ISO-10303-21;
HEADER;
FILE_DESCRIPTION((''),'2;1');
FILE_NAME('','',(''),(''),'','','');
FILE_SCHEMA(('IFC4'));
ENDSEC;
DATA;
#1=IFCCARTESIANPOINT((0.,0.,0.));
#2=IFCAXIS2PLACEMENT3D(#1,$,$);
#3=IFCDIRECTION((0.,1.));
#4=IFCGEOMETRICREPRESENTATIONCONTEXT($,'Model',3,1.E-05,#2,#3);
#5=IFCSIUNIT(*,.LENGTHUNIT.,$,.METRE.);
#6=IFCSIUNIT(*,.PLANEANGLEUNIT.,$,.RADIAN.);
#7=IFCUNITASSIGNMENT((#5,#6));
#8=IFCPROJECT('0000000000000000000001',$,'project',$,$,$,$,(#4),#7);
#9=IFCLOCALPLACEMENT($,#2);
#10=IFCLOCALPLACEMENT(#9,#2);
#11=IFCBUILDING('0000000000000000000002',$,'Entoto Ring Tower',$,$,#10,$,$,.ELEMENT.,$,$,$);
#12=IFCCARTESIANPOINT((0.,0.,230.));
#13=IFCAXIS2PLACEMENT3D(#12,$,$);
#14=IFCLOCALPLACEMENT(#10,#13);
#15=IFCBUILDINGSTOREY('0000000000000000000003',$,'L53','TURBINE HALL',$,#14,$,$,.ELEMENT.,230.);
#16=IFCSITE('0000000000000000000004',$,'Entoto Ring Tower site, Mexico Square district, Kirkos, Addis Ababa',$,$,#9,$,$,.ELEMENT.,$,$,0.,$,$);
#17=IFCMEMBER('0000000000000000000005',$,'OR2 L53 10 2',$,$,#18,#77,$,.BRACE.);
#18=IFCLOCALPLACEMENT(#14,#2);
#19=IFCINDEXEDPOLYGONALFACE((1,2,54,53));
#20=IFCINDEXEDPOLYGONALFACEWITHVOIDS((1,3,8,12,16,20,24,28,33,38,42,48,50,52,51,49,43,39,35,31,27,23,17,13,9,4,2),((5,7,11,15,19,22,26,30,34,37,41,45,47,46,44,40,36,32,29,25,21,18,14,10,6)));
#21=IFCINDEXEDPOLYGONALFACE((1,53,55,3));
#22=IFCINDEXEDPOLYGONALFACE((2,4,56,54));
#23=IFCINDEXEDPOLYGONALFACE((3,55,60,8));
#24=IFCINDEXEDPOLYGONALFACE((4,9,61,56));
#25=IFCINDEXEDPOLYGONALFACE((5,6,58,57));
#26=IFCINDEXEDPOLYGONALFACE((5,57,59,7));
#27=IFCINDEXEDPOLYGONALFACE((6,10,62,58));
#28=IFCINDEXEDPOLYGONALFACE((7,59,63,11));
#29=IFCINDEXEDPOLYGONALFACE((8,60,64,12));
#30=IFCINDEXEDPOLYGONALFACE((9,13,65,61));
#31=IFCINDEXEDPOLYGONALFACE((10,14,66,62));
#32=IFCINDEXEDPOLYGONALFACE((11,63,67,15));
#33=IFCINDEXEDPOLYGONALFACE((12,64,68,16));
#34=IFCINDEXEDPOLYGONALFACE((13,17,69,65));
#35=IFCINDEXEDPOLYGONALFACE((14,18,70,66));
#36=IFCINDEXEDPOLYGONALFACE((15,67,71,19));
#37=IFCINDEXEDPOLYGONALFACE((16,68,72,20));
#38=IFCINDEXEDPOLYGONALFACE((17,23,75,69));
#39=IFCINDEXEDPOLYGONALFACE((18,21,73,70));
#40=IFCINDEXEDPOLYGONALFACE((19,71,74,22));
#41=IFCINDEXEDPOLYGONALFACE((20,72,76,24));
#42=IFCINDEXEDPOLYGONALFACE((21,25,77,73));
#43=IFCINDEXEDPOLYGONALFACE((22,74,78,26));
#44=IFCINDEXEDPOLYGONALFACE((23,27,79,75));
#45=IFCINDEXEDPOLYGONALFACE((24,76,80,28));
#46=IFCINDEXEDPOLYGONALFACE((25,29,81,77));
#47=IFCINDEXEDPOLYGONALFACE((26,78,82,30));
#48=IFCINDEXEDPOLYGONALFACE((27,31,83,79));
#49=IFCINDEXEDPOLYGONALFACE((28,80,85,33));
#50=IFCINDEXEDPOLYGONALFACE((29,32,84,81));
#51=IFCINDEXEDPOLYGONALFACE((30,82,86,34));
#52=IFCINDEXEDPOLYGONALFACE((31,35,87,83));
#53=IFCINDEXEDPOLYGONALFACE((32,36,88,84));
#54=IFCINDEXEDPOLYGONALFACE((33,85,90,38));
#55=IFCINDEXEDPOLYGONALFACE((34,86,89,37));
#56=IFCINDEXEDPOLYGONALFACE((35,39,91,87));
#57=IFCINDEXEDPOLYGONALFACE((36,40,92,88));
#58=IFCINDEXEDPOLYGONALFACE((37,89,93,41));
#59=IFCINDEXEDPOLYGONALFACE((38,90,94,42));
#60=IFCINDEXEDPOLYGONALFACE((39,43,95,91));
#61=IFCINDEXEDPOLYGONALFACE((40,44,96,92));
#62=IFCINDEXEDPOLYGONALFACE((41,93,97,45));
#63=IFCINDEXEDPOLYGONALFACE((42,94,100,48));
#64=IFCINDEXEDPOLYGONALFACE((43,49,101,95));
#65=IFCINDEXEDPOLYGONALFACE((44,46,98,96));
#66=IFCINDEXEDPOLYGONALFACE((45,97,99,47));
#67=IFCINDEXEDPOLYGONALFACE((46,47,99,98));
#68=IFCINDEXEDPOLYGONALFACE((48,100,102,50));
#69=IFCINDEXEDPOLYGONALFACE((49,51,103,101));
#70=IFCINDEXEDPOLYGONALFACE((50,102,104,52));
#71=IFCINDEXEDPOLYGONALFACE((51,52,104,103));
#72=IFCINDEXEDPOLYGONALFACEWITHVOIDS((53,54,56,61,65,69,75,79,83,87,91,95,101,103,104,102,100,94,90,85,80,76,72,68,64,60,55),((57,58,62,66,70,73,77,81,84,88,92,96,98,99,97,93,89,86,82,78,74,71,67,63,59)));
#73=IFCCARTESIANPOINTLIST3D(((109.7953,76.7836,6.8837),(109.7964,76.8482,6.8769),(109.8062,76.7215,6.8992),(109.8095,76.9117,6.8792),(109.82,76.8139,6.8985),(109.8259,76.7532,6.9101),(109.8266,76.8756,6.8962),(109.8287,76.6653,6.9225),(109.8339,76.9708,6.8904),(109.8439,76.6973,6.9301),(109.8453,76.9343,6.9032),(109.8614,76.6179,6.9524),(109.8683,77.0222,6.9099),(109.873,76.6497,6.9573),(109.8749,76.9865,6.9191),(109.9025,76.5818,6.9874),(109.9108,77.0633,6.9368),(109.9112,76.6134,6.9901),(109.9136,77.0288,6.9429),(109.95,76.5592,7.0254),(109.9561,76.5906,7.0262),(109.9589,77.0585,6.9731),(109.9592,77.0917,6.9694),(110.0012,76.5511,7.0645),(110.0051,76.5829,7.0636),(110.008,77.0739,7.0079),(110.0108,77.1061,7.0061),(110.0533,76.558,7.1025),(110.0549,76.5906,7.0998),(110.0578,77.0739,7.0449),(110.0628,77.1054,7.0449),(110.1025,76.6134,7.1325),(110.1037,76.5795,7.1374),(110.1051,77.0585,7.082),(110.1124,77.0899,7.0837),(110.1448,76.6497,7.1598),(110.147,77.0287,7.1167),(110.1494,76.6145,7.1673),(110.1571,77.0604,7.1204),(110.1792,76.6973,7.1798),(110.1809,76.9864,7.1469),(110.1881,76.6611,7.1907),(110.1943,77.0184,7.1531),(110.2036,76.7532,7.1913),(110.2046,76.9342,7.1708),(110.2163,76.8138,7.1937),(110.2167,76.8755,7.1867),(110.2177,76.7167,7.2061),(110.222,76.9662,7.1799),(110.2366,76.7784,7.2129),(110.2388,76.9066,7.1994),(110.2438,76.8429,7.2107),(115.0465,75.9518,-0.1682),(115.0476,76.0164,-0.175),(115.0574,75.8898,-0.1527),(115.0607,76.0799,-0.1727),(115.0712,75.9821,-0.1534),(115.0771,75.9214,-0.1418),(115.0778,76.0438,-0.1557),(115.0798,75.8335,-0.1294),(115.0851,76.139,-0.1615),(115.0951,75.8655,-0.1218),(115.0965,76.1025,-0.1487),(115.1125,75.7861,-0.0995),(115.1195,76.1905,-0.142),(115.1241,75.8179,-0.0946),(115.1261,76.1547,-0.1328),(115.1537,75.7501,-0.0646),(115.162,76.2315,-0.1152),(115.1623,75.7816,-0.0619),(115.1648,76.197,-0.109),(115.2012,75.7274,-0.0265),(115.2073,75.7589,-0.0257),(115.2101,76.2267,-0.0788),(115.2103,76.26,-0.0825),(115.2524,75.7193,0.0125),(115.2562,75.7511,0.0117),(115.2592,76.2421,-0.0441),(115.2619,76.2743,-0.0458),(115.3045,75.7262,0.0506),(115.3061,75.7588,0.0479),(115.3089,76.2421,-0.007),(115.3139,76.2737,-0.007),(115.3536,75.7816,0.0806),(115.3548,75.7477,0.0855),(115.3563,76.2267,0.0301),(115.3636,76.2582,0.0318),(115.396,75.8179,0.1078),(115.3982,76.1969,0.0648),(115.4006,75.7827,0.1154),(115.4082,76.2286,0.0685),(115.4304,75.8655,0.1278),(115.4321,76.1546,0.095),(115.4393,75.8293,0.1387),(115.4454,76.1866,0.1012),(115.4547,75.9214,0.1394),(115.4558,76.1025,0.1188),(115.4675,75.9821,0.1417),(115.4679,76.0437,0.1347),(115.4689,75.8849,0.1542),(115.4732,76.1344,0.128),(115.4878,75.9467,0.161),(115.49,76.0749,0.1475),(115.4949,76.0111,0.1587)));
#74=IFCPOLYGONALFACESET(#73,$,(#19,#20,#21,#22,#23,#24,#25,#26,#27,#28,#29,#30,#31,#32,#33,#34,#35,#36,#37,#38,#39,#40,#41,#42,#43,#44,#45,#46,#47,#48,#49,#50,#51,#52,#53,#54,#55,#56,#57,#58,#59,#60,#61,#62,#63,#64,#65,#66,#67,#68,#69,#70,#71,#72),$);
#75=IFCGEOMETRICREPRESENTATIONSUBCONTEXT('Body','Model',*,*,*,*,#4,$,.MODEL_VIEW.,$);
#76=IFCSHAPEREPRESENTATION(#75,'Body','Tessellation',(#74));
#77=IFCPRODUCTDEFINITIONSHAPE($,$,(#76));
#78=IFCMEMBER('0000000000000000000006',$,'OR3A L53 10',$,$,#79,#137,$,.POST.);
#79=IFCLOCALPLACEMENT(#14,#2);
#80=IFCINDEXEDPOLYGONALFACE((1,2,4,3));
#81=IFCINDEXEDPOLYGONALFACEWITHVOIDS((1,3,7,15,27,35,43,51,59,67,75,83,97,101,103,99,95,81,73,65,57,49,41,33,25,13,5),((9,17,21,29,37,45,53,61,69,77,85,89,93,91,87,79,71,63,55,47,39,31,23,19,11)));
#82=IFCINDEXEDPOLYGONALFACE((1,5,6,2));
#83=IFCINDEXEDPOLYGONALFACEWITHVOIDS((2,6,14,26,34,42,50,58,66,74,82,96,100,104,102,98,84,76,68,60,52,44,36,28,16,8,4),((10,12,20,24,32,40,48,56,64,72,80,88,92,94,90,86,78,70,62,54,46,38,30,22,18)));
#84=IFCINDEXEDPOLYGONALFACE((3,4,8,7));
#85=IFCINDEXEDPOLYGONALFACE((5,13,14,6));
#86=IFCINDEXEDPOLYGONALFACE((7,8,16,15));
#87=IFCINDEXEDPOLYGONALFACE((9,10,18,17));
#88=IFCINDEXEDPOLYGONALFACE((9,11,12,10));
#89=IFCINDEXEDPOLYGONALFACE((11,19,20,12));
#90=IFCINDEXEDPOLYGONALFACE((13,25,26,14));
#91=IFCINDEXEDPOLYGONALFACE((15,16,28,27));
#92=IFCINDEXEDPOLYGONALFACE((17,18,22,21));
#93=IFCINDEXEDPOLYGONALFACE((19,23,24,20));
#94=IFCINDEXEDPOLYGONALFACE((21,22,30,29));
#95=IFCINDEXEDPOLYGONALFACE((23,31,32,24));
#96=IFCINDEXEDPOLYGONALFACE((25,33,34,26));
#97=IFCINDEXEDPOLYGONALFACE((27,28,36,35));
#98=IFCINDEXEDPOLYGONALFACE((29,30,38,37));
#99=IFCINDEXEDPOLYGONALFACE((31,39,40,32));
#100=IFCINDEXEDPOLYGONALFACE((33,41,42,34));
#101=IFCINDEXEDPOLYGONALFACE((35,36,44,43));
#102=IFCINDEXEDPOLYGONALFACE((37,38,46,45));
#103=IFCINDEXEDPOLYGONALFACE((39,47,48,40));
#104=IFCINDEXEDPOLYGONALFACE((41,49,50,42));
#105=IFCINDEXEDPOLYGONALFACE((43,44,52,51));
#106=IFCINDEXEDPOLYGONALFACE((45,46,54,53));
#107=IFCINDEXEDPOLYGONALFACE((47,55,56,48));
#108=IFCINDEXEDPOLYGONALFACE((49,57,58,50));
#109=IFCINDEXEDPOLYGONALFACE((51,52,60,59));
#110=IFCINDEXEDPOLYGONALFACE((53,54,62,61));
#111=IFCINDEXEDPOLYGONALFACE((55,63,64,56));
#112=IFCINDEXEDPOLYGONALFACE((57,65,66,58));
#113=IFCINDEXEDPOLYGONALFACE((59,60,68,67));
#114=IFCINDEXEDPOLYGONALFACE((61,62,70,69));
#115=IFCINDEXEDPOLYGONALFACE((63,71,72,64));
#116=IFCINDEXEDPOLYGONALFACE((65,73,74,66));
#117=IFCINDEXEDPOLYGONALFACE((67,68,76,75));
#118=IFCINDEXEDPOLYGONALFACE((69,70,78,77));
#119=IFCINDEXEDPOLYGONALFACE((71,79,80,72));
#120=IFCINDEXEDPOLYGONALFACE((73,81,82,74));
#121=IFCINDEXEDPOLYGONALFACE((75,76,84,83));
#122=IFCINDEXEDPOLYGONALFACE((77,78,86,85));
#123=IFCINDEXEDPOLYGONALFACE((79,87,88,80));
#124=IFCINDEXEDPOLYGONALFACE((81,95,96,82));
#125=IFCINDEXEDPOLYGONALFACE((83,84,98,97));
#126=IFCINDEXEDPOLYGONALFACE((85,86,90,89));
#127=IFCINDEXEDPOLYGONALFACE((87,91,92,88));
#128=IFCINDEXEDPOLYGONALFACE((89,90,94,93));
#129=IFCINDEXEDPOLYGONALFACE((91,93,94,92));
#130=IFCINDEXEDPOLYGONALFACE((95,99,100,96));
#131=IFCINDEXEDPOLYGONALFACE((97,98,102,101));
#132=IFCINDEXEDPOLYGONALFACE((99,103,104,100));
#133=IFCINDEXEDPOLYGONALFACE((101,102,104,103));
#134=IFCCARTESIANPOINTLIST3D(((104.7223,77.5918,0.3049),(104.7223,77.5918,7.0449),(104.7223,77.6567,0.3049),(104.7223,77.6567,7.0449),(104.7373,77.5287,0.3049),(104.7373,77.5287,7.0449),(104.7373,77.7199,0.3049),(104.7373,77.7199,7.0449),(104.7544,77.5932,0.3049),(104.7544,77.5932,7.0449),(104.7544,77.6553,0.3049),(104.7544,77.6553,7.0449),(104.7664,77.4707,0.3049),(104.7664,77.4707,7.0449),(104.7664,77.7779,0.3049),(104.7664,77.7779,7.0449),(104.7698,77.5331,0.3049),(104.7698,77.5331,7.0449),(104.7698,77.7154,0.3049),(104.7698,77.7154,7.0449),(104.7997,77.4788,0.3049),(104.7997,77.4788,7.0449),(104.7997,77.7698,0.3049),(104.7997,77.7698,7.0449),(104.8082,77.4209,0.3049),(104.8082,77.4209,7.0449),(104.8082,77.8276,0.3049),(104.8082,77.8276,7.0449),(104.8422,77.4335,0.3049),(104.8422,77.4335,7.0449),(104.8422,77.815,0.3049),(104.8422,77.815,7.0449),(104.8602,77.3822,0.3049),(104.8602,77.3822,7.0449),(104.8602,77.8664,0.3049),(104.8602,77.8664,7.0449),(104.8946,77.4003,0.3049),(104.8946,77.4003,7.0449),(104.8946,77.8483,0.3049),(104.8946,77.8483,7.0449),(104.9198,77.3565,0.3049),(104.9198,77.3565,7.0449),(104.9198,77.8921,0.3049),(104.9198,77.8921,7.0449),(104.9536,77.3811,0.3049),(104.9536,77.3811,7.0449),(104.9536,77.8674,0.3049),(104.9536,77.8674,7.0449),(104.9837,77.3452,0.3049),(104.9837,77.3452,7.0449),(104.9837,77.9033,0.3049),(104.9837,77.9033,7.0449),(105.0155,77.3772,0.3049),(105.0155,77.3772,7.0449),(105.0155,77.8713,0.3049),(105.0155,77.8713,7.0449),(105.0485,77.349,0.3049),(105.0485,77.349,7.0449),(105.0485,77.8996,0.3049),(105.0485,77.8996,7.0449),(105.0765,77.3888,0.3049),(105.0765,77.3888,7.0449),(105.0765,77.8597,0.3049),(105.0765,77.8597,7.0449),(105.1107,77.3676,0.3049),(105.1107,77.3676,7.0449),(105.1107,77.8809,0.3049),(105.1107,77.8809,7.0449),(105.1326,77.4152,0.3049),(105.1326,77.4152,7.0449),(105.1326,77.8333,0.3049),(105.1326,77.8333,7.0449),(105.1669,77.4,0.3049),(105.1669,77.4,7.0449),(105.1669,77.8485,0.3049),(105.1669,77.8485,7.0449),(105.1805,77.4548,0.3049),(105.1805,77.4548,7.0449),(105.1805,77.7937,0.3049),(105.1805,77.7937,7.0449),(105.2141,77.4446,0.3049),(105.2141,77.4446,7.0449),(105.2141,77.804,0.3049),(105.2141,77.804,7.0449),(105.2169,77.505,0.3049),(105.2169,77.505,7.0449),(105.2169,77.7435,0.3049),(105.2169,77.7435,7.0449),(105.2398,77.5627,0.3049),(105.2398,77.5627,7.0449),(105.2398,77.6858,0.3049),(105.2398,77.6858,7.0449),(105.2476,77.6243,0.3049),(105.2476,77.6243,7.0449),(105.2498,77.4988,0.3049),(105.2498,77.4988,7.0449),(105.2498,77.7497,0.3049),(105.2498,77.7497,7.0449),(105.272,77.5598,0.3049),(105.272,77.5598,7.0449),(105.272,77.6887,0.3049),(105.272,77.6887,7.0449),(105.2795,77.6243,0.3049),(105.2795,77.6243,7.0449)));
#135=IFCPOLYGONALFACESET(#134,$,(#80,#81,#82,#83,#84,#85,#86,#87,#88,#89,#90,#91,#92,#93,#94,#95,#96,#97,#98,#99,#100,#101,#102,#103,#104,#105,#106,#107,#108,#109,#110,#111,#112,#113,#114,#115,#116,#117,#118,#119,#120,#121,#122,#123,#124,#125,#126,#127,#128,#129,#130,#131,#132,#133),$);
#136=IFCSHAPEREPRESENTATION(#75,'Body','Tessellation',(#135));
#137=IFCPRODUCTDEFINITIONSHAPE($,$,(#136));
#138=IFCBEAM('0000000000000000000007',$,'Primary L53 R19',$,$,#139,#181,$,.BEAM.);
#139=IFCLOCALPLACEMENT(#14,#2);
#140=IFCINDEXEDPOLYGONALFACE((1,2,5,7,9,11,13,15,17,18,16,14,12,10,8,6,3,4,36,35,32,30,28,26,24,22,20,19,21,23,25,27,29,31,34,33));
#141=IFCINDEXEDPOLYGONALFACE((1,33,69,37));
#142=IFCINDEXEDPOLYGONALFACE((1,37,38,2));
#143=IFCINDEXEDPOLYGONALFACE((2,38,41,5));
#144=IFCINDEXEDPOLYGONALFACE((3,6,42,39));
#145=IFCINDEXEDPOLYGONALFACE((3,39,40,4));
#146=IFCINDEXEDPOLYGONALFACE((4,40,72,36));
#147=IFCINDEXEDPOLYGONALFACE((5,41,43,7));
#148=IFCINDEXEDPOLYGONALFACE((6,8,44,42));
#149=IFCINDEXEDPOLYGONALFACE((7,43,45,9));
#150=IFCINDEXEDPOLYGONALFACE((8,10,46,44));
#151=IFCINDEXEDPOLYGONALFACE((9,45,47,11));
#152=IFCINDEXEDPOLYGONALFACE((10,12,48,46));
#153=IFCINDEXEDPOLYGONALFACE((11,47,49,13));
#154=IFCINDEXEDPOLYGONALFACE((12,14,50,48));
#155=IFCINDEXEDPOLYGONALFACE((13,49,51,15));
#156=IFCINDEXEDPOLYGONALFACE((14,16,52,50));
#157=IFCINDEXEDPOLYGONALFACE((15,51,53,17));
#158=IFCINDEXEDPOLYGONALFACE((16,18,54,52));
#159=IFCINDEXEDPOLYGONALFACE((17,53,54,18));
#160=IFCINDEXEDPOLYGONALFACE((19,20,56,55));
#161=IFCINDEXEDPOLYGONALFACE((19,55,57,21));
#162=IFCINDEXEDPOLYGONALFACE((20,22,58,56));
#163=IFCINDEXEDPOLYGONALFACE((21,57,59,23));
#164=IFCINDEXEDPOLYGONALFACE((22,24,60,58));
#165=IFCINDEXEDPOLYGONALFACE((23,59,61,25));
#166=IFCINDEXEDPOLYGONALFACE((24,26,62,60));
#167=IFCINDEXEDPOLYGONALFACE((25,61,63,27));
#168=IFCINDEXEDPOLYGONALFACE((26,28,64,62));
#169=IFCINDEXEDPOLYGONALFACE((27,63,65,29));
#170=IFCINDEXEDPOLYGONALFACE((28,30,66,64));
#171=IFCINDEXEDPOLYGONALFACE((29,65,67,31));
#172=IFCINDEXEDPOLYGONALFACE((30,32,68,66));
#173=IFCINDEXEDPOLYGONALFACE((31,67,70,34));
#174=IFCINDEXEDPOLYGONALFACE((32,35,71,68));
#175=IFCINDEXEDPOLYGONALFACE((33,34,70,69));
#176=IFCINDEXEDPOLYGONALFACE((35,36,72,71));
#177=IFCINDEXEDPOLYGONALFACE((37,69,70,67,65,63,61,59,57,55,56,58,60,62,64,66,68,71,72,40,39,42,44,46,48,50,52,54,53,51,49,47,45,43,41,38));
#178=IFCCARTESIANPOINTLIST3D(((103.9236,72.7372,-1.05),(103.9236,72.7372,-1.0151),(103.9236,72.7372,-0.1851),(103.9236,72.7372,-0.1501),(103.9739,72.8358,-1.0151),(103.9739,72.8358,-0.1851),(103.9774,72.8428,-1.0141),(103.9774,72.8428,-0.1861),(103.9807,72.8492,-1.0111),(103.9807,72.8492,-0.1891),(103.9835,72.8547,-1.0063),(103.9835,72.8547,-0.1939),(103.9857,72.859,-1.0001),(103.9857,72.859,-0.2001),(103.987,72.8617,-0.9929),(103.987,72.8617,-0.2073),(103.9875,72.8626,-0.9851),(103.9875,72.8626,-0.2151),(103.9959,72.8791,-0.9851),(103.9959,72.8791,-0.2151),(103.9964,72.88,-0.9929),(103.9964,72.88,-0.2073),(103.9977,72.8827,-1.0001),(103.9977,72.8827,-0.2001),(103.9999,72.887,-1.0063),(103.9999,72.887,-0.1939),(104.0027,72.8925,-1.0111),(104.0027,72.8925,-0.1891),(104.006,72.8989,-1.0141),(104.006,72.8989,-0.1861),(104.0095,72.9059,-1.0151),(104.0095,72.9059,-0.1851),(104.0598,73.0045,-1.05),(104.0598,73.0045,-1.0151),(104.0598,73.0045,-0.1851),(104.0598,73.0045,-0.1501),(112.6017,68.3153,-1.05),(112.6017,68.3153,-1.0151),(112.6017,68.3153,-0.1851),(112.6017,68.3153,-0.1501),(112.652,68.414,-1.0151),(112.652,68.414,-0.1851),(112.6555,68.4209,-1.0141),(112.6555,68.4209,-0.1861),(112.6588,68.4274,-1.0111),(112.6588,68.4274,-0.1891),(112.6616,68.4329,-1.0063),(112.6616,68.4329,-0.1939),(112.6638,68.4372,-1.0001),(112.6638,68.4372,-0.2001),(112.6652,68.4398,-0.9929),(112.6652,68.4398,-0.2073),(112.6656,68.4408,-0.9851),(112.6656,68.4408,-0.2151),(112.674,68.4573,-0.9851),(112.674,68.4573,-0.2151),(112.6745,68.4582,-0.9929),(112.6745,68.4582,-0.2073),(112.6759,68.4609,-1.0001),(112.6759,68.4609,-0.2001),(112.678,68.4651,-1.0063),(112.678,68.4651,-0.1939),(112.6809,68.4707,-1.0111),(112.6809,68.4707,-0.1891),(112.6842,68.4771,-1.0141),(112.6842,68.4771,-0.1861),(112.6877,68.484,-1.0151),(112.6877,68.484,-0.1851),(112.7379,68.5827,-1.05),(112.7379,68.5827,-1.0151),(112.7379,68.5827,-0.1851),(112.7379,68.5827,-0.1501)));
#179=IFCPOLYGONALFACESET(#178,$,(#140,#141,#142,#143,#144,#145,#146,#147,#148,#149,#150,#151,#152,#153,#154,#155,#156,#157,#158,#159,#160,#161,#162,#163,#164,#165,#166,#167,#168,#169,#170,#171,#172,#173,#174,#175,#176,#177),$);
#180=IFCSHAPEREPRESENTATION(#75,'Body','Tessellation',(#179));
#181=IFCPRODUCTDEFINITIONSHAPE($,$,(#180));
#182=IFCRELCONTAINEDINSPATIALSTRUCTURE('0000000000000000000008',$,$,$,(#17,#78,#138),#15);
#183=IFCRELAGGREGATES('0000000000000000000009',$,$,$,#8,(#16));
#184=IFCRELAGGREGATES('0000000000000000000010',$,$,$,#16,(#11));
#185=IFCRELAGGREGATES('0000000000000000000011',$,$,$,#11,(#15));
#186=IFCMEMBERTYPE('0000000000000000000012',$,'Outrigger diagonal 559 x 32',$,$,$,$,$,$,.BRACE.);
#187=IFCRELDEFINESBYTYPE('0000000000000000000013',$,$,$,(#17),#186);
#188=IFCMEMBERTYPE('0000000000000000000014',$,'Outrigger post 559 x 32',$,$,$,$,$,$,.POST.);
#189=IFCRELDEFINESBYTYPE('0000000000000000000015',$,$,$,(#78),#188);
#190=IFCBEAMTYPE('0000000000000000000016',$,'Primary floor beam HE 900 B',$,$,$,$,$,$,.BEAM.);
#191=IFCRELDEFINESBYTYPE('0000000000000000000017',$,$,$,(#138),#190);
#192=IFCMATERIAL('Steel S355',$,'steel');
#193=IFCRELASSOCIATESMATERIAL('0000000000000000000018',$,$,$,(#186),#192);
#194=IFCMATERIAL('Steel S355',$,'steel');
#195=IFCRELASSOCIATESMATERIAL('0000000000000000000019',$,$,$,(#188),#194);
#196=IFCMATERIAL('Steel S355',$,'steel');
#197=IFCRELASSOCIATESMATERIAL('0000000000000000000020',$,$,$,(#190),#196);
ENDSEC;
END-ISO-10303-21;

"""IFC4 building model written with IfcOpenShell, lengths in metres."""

from ifc_helpers import new_model, si_unit, direction, frame, origin, origin_2d, place, context, subcontext, project, spatial, circle, hollow_circle, i_section, extrude, material, material_profile, profile_set, type_object, element, save


model = new_model("IFC4")

# Units and contexts
model_context = context("Model", 3, precision=1e-05, world=origin(), true_north=direction((0.0, 1.0)))
body_context = subcontext(model_context, "Body", "Model", "MODEL_VIEW")
ifc_project = project(units=[si_unit("LENGTHUNIT", "METRE"), si_unit("PLANEANGLEUNIT", "RADIAN")], contexts=[model_context])

# Site, building, storey
site_placement = place(None, origin())
site = spatial("IfcSite", under=ifc_project, at=site_placement, Name="Entoto Ring Tower site, Mexico Square district, Kirkos, Addis Ababa", CompositionType="ELEMENT", RefElevation=0.0)
building_placement = place(site_placement, origin())
building = spatial("IfcBuilding", under=site, at=building_placement, Name="Entoto Ring Tower", CompositionType="ELEMENT")
storey_placement = place(building_placement, frame((0.0, 0.0, 230.0)))
storey = spatial("IfcBuildingStorey", under=building, at=storey_placement, Name="L53", Description="TURBINE HALL", CompositionType="ELEMENT", Elevation=230.0)

# Members
ifc_material_1 = material(Name="Steel S355", Category="steel")
ifc_material_profile_1 = material_profile(ifc_material_1, hollow_circle(Radius=0.2795, WallThickness=0.032, at=origin_2d()), Name="CHS 559 x 32")
ifc_material_2 = material(Name="Concrete C60/75", Category="concrete")
ifc_material_profile_2 = material_profile(ifc_material_2, circle(Radius=0.2476, at=origin_2d()), Name="Concrete C60/75 infill")
ifc_profile_set_1 = profile_set([ifc_material_profile_1, ifc_material_profile_2], Name="Steel S355")
member_type_1 = type_object("IfcMemberType", Name="Outrigger diagonal 559 x 32", PredefinedType="BRACE", material=ifc_profile_set_1)
member_1_placement = place(storey_placement, frame((110.019, 76.8293, 7.0449), z_axis=(0.594592, -0.094183, -0.798493), x_axis=(0.156448, 0.987686, 0.0)))
element("IfcMember", 1, at=member_1_placement, inside=storey, type_object=member_type_1, Name="OR2 L53 10 2", PredefinedType="BRACE", context=body_context, shape_type="SweptSolid", body=[
    extrude(hollow_circle(Radius=0.2795, WallThickness=0.032, at=origin_2d()), origin(), (0.0, 0.0, 1.0), 8.8315),
])
ifc_material_3 = material(Name="Steel S355", Category="steel")
ifc_material_profile_3 = material_profile(ifc_material_3, hollow_circle(Radius=0.2795, WallThickness=0.032, at=origin_2d()), Name="CHS 559 x 32")
ifc_material_4 = material(Name="Concrete C60/75", Category="concrete")
ifc_material_profile_4 = material_profile(ifc_material_4, circle(Radius=0.2476, at=origin_2d()), Name="Concrete C60/75 infill")
ifc_profile_set_2 = profile_set([ifc_material_profile_3, ifc_material_profile_4], Name="Steel S355")
member_type_2 = type_object("IfcMemberType", Name="Outrigger post 559 x 32", PredefinedType="POST", material=ifc_profile_set_2)
member_2_placement = place(storey_placement, frame((105.0, 77.6243, 0.3049), z_axis=(0.0, 0.0, 1.0), x_axis=(1.0, 0.0, 0.0)))
element("IfcMember", 2, at=member_2_placement, inside=storey, type_object=member_type_2, Name="OR3A L53 10", PredefinedType="POST", context=body_context, shape_type="SweptSolid", body=[
    extrude(hollow_circle(Radius=0.2795, WallThickness=0.032, at=origin_2d()), origin(), (0.0, 0.0, 1.0), 6.74),
])

# Beam
ifc_material_5 = material(Name="Steel S355", Category="steel")
ifc_material_profile_5 = material_profile(ifc_material_5, i_section(OverallWidth=0.3, OverallDepth=0.8999, WebThickness=0.0186, FlangeThickness=0.0349, FilletRadius=0.03, at=origin_2d()), Name="HE 900 B")
ifc_profile_set_3 = profile_set([ifc_material_profile_5], Name="Steel S355")
beam_type_1 = type_object("IfcBeamType", Name="Primary floor beam HE 900 B", PredefinedType="BEAM", material=ifc_profile_set_3)
beam_1_placement = place(storey_placement, frame((103.9917, 72.8708, -0.6001), z_axis=(0.891002, -0.453999, 0.0), x_axis=(0.453999, 0.891002, 0.0)))
element("IfcBeam", 3, at=beam_1_placement, inside=storey, type_object=beam_type_1, Name="Primary L53 R19", PredefinedType="BEAM", context=body_context, shape_type="SweptSolid", body=[
    extrude(i_section(OverallWidth=0.3, OverallDepth=0.8999, WebThickness=0.0186, FlangeThickness=0.0349, FilletRadius=0.03, at=origin_2d()), origin(), (0.0, 0.0, 1.0), 9.7397),
])

save(model, "model.ifc")
